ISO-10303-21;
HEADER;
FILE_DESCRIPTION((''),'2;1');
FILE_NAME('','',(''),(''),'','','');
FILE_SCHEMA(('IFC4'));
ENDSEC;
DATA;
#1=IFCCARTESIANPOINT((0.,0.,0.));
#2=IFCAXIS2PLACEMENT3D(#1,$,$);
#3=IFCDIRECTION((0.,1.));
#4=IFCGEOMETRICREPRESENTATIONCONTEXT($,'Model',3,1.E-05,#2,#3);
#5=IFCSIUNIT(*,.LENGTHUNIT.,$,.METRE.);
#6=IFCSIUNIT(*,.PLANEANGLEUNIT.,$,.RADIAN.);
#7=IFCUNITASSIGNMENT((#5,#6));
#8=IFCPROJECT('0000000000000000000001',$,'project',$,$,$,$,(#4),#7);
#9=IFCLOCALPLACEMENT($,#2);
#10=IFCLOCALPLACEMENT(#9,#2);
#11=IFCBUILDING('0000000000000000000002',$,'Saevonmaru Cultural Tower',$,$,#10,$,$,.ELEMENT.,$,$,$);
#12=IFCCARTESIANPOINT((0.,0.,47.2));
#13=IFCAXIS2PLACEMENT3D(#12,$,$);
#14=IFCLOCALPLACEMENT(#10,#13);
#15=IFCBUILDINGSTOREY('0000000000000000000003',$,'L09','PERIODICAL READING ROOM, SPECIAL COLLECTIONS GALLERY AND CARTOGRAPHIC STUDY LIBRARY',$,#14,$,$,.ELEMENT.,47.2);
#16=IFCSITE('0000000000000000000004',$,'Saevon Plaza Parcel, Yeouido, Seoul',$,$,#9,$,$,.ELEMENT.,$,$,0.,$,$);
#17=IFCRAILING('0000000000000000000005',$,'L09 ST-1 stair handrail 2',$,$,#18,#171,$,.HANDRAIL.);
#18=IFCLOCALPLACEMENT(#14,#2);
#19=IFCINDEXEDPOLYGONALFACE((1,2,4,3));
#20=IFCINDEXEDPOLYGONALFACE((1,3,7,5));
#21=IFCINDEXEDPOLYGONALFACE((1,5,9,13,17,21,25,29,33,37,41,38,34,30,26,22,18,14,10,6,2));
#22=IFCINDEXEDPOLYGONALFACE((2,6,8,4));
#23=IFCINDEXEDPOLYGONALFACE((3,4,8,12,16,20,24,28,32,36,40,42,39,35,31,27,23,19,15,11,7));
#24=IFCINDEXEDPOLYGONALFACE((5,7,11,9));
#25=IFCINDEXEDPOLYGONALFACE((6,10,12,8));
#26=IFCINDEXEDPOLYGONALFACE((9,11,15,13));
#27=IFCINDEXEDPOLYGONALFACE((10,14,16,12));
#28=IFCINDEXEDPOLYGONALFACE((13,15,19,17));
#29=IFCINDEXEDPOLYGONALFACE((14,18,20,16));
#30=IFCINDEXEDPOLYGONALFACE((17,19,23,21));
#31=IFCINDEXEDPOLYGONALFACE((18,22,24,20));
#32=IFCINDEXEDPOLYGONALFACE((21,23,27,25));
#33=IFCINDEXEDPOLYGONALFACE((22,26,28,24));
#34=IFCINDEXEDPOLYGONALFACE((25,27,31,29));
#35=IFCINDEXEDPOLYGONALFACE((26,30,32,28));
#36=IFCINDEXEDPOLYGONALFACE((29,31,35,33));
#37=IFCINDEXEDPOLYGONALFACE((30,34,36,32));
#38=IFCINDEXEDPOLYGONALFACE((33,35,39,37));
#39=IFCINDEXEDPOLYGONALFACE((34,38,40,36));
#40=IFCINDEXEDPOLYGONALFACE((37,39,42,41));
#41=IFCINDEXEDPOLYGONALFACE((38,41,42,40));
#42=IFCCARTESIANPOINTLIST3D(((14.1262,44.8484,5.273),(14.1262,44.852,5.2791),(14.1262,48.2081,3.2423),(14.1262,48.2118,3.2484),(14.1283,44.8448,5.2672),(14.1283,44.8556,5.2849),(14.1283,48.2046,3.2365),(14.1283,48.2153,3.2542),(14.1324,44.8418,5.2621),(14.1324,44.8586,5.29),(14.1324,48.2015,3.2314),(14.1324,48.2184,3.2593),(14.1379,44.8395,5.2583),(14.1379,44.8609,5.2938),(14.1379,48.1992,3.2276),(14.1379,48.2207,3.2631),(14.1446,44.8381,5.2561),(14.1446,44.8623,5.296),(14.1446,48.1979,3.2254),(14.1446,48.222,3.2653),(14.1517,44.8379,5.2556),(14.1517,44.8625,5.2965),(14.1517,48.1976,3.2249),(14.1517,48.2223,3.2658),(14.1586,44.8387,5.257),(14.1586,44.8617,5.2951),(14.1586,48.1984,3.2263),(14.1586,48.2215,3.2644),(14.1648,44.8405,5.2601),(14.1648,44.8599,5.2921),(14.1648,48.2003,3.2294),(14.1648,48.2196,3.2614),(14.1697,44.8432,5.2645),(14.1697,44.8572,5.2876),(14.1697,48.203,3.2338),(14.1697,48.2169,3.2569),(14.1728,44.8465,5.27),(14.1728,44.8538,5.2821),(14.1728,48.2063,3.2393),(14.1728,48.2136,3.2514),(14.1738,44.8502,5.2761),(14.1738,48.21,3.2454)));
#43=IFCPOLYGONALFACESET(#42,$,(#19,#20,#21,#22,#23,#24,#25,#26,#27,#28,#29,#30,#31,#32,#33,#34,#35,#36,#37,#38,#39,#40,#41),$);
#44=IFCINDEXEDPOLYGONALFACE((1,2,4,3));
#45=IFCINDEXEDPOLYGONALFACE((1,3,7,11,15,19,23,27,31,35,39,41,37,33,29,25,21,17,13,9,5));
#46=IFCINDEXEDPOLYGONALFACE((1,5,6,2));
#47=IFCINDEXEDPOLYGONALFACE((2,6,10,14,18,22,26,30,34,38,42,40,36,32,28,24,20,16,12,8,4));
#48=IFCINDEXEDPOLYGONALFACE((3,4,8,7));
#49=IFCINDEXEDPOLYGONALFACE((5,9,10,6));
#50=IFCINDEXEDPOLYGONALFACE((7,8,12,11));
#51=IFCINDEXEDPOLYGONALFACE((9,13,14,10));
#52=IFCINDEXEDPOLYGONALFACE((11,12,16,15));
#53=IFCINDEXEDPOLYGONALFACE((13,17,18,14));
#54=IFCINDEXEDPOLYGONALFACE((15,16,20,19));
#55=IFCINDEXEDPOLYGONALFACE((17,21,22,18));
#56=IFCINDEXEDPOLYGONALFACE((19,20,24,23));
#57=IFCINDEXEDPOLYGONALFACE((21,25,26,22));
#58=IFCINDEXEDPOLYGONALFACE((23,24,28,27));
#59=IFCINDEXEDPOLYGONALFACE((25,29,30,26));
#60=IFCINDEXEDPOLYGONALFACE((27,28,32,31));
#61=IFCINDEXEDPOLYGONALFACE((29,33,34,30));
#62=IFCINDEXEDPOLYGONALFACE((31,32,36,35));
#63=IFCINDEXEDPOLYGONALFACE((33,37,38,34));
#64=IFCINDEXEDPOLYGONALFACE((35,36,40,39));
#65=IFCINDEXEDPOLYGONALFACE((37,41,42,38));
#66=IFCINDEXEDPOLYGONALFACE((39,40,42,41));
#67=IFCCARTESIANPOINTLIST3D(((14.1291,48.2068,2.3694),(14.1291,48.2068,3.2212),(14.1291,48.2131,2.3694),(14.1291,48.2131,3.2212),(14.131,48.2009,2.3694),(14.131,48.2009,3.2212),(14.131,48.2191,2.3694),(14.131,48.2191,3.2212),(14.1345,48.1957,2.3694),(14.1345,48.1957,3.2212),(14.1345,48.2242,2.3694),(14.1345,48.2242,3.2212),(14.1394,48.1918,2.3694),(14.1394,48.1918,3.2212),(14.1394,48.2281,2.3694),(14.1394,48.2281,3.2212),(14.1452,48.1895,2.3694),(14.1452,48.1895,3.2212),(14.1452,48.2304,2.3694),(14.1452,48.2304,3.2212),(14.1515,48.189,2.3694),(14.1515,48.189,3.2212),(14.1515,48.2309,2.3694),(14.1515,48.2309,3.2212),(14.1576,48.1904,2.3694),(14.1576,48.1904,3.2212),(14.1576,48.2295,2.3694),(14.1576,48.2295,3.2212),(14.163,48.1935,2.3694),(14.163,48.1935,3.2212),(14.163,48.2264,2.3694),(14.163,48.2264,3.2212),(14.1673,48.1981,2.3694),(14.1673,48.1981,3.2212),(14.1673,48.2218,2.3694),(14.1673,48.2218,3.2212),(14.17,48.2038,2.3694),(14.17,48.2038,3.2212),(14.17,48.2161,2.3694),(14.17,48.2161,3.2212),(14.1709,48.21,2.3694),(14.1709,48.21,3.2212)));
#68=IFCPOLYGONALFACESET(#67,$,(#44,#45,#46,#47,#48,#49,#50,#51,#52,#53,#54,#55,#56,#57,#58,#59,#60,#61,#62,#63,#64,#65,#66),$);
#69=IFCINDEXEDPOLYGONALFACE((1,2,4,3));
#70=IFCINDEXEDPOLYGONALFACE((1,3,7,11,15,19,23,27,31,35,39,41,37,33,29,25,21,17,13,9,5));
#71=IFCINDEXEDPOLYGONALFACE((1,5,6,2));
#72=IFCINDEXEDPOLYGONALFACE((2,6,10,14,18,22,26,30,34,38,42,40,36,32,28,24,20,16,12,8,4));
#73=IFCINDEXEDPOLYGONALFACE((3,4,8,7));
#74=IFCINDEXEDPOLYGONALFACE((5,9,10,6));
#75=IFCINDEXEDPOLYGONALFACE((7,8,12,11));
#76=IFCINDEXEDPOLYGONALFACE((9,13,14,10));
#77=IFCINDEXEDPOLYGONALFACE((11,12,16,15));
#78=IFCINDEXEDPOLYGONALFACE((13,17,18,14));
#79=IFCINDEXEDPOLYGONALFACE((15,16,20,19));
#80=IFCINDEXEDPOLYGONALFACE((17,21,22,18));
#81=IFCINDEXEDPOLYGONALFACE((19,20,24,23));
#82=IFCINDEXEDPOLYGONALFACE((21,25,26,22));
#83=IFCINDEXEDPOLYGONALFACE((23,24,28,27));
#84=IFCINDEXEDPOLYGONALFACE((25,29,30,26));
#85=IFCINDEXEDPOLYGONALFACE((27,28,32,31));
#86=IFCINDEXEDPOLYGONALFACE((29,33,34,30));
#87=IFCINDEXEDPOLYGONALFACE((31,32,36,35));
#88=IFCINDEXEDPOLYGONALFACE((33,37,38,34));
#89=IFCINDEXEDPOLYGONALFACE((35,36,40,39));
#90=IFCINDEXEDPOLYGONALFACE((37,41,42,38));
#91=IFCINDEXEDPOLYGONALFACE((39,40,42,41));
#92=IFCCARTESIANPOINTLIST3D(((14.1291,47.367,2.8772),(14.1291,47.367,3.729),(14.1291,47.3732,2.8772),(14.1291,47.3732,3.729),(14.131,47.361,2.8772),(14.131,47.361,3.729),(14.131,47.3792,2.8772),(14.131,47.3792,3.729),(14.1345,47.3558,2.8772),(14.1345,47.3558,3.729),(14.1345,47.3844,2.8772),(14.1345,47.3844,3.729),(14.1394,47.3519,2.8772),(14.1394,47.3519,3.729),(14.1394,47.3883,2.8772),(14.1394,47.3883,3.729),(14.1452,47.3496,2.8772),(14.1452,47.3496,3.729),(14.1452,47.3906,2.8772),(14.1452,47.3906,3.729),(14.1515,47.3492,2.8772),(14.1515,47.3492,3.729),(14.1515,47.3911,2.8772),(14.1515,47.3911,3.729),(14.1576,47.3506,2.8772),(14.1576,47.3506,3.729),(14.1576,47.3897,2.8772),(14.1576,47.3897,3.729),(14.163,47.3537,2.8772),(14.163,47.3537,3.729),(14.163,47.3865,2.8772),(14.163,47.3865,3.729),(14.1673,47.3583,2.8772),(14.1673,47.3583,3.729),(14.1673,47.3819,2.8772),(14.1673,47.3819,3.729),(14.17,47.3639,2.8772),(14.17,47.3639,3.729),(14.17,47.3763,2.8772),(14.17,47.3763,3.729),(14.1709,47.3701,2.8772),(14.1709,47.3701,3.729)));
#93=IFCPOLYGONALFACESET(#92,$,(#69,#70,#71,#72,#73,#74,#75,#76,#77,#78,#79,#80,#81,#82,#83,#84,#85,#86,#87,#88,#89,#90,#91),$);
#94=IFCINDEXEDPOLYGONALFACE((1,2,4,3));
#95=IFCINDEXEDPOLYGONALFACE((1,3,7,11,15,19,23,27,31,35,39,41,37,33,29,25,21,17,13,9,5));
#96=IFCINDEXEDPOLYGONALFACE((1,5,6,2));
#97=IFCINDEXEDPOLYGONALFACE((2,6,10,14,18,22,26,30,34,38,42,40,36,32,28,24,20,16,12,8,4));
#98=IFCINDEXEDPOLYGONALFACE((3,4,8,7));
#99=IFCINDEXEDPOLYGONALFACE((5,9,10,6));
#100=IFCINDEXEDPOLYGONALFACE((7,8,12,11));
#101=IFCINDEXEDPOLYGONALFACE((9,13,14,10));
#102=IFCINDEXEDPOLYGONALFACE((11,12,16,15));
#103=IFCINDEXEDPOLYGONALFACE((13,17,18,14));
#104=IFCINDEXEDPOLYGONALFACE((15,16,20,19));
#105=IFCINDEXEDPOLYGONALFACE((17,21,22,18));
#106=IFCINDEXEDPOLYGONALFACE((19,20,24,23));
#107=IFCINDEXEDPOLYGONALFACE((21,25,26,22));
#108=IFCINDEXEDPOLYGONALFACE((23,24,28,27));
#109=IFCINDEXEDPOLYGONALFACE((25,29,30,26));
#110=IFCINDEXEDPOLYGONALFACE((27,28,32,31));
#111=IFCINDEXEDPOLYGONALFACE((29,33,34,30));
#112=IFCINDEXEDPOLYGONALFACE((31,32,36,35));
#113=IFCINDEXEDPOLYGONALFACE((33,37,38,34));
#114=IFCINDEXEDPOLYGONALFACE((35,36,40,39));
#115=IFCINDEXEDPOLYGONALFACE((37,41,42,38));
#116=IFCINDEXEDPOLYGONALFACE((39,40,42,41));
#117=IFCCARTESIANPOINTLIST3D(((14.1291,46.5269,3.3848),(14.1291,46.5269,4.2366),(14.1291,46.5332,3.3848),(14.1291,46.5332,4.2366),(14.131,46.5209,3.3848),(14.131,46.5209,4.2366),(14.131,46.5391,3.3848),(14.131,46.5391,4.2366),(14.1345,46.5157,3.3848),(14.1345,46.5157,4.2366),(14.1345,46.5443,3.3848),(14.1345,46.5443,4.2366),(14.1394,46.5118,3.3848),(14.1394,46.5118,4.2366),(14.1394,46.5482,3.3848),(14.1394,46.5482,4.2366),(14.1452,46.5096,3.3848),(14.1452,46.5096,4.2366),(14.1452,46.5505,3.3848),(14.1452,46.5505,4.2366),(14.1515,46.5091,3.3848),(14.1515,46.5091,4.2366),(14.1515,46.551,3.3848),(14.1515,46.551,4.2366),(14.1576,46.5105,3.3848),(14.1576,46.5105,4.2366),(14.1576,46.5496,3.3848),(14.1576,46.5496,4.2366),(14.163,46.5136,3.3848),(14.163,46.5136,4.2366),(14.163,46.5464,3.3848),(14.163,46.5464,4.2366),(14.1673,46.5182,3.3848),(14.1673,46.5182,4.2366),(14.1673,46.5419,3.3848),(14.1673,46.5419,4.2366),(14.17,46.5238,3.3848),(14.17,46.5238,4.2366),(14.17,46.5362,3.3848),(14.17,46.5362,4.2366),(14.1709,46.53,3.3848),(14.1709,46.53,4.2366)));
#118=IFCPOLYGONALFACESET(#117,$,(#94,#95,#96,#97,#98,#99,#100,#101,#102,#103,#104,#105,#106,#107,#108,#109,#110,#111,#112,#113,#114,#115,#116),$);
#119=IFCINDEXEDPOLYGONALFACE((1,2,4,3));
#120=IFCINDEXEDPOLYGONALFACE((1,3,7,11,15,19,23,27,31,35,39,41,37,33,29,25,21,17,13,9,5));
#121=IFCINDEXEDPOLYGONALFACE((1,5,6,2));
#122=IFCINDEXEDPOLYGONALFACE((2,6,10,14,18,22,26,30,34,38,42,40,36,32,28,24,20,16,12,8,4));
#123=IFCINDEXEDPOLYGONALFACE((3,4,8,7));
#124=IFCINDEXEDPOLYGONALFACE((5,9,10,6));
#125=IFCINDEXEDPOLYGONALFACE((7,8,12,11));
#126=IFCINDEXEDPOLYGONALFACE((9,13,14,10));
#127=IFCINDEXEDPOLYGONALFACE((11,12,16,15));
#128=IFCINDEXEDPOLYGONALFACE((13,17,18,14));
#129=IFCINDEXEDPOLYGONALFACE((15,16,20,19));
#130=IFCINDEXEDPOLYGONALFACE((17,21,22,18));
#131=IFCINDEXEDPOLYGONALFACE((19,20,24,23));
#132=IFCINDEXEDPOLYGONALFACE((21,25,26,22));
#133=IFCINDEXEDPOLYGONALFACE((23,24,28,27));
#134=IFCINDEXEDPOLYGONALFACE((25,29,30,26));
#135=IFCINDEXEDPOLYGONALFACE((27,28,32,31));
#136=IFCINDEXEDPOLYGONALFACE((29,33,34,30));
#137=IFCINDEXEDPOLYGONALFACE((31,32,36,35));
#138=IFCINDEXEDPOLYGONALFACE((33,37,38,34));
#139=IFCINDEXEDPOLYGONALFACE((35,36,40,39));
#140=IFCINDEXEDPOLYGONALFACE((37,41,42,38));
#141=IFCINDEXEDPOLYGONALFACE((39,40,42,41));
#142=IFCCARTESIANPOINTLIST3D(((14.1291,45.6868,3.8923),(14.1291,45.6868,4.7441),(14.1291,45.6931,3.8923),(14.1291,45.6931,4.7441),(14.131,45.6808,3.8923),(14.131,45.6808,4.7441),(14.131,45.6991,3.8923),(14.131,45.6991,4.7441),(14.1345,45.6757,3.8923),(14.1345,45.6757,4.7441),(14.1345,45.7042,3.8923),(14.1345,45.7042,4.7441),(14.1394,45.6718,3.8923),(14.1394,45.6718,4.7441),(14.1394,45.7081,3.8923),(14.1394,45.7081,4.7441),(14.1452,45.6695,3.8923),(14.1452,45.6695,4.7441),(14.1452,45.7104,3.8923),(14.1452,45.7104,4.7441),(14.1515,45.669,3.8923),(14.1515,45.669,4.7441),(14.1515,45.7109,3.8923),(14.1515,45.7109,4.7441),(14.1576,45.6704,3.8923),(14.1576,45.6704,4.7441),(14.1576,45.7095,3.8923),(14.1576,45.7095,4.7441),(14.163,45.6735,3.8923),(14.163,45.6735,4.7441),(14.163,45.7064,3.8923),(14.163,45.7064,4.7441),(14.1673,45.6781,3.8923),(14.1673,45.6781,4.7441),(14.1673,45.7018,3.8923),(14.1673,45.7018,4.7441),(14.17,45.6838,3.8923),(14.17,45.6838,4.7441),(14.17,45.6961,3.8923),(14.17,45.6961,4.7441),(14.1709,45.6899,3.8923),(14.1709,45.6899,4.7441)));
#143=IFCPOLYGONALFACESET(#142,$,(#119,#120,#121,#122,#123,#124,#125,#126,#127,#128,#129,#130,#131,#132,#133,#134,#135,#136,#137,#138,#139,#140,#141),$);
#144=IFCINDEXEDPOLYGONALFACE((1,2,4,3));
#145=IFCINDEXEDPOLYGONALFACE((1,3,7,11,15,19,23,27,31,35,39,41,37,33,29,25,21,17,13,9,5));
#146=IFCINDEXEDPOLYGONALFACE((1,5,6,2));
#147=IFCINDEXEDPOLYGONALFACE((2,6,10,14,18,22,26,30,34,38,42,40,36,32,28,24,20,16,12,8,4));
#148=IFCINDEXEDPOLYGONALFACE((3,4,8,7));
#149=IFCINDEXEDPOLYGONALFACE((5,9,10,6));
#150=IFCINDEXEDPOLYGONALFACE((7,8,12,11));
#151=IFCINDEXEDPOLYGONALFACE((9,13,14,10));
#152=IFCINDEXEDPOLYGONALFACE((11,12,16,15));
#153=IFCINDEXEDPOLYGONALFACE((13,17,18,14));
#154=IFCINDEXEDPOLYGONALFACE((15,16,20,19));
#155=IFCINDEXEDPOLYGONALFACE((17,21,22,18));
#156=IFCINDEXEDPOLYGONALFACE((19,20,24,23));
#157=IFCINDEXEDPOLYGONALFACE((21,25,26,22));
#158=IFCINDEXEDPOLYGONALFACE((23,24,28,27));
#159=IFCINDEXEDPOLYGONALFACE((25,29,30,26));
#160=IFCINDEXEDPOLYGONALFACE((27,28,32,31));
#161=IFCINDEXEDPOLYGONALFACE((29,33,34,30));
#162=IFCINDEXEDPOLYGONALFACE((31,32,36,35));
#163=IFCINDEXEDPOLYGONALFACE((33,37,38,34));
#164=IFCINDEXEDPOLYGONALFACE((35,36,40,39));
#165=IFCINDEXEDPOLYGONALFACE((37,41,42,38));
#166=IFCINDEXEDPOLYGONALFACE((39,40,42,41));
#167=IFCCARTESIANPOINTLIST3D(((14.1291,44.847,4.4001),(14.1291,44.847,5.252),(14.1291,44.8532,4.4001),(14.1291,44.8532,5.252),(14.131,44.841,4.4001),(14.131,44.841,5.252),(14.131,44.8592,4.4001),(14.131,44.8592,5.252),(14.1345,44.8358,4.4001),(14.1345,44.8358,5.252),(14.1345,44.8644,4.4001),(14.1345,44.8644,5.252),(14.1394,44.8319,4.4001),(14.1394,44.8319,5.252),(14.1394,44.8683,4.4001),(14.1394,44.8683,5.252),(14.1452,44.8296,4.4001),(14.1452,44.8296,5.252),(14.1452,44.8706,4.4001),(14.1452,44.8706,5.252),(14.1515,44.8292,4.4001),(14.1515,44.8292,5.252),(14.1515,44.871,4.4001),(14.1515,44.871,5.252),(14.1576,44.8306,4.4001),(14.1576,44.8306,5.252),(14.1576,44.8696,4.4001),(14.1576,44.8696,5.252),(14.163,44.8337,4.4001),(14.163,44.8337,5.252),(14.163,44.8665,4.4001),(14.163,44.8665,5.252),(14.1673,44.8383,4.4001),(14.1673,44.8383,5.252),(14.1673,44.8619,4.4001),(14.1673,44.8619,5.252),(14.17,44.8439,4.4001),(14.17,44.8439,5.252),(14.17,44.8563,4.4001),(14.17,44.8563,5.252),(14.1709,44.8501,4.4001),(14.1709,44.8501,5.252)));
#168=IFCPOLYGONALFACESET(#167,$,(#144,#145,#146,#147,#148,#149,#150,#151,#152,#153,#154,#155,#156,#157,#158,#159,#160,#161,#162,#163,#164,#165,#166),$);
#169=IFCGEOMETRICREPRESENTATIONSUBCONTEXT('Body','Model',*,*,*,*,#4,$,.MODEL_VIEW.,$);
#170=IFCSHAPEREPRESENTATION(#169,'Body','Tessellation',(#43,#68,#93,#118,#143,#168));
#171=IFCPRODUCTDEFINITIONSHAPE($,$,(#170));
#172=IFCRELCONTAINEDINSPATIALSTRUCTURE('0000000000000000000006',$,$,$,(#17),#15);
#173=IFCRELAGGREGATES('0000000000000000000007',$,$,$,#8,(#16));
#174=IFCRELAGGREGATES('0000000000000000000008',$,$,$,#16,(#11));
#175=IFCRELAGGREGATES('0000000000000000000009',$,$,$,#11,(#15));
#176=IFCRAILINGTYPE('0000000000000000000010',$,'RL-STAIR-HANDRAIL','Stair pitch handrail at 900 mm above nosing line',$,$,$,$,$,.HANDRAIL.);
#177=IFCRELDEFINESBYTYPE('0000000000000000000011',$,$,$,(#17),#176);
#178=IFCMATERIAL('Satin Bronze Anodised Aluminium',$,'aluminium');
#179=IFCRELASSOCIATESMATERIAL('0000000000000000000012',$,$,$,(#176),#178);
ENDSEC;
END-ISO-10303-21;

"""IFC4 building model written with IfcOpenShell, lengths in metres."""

from ifc_helpers import new_model, si_unit, direction, frame, origin, origin_2d, place, context, subcontext, project, spatial, circle, extrude, material, type_object, element, save


model = new_model("IFC4")

# Units and contexts
model_context = context("Model", 3, precision=1e-05, world=origin(), true_north=direction((0.0, 1.0)))
body_context = subcontext(model_context, "Body", "Model", "MODEL_VIEW")
ifc_project = project(units=[si_unit("LENGTHUNIT", "METRE"), si_unit("PLANEANGLEUNIT", "RADIAN")], contexts=[model_context])

# Site, building, storey
site_placement = place(None, origin())
site = spatial("IfcSite", under=ifc_project, at=site_placement, Name="Saevon Plaza Parcel, Yeouido, Seoul", CompositionType="ELEMENT", RefElevation=0.0)
building_placement = place(site_placement, origin())
building = spatial("IfcBuilding", under=site, at=building_placement, Name="Saevonmaru Cultural Tower", CompositionType="ELEMENT")
storey_placement = place(building_placement, frame((0.0, 0.0, 47.2)))
storey = spatial("IfcBuildingStorey", under=building, at=storey_placement, Name="L09", Description="PERIODICAL READING ROOM, SPECIAL COLLECTIONS GALLERY AND CARTOGRAPHIC STUDY LIBRARY", CompositionType="ELEMENT", Elevation=47.2)

# Shared definitions
ifc_material_1 = material(Name="Satin Bronze Anodised Aluminium", Category="aluminium")

# Railing
railing_type_1 = type_object("IfcRailingType", Name="RL-STAIR-HANDRAIL", Description="Stair pitch handrail at 900 mm above nosing line", PredefinedType="HANDRAIL", material=ifc_material_1)
railing_1_placement = place(storey_placement, frame((14.1499, 48.21, 2.3694)))
element("IfcRailing", 1, at=railing_1_placement, inside=storey, type_object=railing_type_1, Name="L09 ST-1 stair handrail 2", PredefinedType="HANDRAIL", context=body_context, shape_type="SweptSolid", body=[
    extrude(circle(Radius=0.0239, at=origin_2d()), frame((0.0, 0.0, 0.876), z_axis=(0.0, -0.85582, 0.517273), x_axis=(1.0, 0.0, 0.0)), (0.0, 0.0, 1.0), 3.9258),
    extrude(circle(Radius=0.021, at=origin_2d()), origin(), (0.0, 0.0, 1.0), 0.8518),
    extrude(circle(Radius=0.021, at=origin_2d()), frame((0.0, -0.8398, 0.5078)), (0.0, 0.0, 1.0), 0.8518),
    extrude(circle(Radius=0.021, at=origin_2d()), frame((0.0, -1.6799, 1.0154)), (0.0, 0.0, 1.0), 0.8518),
    extrude(circle(Radius=0.021, at=origin_2d()), frame((0.0, -2.52, 1.5229)), (0.0, 0.0, 1.0), 0.8518),
    extrude(circle(Radius=0.021, at=origin_2d()), frame((0.0, -3.3599, 2.0308)), (0.0, 0.0, 1.0), 0.8518),
])

save(model, "model.ifc")
